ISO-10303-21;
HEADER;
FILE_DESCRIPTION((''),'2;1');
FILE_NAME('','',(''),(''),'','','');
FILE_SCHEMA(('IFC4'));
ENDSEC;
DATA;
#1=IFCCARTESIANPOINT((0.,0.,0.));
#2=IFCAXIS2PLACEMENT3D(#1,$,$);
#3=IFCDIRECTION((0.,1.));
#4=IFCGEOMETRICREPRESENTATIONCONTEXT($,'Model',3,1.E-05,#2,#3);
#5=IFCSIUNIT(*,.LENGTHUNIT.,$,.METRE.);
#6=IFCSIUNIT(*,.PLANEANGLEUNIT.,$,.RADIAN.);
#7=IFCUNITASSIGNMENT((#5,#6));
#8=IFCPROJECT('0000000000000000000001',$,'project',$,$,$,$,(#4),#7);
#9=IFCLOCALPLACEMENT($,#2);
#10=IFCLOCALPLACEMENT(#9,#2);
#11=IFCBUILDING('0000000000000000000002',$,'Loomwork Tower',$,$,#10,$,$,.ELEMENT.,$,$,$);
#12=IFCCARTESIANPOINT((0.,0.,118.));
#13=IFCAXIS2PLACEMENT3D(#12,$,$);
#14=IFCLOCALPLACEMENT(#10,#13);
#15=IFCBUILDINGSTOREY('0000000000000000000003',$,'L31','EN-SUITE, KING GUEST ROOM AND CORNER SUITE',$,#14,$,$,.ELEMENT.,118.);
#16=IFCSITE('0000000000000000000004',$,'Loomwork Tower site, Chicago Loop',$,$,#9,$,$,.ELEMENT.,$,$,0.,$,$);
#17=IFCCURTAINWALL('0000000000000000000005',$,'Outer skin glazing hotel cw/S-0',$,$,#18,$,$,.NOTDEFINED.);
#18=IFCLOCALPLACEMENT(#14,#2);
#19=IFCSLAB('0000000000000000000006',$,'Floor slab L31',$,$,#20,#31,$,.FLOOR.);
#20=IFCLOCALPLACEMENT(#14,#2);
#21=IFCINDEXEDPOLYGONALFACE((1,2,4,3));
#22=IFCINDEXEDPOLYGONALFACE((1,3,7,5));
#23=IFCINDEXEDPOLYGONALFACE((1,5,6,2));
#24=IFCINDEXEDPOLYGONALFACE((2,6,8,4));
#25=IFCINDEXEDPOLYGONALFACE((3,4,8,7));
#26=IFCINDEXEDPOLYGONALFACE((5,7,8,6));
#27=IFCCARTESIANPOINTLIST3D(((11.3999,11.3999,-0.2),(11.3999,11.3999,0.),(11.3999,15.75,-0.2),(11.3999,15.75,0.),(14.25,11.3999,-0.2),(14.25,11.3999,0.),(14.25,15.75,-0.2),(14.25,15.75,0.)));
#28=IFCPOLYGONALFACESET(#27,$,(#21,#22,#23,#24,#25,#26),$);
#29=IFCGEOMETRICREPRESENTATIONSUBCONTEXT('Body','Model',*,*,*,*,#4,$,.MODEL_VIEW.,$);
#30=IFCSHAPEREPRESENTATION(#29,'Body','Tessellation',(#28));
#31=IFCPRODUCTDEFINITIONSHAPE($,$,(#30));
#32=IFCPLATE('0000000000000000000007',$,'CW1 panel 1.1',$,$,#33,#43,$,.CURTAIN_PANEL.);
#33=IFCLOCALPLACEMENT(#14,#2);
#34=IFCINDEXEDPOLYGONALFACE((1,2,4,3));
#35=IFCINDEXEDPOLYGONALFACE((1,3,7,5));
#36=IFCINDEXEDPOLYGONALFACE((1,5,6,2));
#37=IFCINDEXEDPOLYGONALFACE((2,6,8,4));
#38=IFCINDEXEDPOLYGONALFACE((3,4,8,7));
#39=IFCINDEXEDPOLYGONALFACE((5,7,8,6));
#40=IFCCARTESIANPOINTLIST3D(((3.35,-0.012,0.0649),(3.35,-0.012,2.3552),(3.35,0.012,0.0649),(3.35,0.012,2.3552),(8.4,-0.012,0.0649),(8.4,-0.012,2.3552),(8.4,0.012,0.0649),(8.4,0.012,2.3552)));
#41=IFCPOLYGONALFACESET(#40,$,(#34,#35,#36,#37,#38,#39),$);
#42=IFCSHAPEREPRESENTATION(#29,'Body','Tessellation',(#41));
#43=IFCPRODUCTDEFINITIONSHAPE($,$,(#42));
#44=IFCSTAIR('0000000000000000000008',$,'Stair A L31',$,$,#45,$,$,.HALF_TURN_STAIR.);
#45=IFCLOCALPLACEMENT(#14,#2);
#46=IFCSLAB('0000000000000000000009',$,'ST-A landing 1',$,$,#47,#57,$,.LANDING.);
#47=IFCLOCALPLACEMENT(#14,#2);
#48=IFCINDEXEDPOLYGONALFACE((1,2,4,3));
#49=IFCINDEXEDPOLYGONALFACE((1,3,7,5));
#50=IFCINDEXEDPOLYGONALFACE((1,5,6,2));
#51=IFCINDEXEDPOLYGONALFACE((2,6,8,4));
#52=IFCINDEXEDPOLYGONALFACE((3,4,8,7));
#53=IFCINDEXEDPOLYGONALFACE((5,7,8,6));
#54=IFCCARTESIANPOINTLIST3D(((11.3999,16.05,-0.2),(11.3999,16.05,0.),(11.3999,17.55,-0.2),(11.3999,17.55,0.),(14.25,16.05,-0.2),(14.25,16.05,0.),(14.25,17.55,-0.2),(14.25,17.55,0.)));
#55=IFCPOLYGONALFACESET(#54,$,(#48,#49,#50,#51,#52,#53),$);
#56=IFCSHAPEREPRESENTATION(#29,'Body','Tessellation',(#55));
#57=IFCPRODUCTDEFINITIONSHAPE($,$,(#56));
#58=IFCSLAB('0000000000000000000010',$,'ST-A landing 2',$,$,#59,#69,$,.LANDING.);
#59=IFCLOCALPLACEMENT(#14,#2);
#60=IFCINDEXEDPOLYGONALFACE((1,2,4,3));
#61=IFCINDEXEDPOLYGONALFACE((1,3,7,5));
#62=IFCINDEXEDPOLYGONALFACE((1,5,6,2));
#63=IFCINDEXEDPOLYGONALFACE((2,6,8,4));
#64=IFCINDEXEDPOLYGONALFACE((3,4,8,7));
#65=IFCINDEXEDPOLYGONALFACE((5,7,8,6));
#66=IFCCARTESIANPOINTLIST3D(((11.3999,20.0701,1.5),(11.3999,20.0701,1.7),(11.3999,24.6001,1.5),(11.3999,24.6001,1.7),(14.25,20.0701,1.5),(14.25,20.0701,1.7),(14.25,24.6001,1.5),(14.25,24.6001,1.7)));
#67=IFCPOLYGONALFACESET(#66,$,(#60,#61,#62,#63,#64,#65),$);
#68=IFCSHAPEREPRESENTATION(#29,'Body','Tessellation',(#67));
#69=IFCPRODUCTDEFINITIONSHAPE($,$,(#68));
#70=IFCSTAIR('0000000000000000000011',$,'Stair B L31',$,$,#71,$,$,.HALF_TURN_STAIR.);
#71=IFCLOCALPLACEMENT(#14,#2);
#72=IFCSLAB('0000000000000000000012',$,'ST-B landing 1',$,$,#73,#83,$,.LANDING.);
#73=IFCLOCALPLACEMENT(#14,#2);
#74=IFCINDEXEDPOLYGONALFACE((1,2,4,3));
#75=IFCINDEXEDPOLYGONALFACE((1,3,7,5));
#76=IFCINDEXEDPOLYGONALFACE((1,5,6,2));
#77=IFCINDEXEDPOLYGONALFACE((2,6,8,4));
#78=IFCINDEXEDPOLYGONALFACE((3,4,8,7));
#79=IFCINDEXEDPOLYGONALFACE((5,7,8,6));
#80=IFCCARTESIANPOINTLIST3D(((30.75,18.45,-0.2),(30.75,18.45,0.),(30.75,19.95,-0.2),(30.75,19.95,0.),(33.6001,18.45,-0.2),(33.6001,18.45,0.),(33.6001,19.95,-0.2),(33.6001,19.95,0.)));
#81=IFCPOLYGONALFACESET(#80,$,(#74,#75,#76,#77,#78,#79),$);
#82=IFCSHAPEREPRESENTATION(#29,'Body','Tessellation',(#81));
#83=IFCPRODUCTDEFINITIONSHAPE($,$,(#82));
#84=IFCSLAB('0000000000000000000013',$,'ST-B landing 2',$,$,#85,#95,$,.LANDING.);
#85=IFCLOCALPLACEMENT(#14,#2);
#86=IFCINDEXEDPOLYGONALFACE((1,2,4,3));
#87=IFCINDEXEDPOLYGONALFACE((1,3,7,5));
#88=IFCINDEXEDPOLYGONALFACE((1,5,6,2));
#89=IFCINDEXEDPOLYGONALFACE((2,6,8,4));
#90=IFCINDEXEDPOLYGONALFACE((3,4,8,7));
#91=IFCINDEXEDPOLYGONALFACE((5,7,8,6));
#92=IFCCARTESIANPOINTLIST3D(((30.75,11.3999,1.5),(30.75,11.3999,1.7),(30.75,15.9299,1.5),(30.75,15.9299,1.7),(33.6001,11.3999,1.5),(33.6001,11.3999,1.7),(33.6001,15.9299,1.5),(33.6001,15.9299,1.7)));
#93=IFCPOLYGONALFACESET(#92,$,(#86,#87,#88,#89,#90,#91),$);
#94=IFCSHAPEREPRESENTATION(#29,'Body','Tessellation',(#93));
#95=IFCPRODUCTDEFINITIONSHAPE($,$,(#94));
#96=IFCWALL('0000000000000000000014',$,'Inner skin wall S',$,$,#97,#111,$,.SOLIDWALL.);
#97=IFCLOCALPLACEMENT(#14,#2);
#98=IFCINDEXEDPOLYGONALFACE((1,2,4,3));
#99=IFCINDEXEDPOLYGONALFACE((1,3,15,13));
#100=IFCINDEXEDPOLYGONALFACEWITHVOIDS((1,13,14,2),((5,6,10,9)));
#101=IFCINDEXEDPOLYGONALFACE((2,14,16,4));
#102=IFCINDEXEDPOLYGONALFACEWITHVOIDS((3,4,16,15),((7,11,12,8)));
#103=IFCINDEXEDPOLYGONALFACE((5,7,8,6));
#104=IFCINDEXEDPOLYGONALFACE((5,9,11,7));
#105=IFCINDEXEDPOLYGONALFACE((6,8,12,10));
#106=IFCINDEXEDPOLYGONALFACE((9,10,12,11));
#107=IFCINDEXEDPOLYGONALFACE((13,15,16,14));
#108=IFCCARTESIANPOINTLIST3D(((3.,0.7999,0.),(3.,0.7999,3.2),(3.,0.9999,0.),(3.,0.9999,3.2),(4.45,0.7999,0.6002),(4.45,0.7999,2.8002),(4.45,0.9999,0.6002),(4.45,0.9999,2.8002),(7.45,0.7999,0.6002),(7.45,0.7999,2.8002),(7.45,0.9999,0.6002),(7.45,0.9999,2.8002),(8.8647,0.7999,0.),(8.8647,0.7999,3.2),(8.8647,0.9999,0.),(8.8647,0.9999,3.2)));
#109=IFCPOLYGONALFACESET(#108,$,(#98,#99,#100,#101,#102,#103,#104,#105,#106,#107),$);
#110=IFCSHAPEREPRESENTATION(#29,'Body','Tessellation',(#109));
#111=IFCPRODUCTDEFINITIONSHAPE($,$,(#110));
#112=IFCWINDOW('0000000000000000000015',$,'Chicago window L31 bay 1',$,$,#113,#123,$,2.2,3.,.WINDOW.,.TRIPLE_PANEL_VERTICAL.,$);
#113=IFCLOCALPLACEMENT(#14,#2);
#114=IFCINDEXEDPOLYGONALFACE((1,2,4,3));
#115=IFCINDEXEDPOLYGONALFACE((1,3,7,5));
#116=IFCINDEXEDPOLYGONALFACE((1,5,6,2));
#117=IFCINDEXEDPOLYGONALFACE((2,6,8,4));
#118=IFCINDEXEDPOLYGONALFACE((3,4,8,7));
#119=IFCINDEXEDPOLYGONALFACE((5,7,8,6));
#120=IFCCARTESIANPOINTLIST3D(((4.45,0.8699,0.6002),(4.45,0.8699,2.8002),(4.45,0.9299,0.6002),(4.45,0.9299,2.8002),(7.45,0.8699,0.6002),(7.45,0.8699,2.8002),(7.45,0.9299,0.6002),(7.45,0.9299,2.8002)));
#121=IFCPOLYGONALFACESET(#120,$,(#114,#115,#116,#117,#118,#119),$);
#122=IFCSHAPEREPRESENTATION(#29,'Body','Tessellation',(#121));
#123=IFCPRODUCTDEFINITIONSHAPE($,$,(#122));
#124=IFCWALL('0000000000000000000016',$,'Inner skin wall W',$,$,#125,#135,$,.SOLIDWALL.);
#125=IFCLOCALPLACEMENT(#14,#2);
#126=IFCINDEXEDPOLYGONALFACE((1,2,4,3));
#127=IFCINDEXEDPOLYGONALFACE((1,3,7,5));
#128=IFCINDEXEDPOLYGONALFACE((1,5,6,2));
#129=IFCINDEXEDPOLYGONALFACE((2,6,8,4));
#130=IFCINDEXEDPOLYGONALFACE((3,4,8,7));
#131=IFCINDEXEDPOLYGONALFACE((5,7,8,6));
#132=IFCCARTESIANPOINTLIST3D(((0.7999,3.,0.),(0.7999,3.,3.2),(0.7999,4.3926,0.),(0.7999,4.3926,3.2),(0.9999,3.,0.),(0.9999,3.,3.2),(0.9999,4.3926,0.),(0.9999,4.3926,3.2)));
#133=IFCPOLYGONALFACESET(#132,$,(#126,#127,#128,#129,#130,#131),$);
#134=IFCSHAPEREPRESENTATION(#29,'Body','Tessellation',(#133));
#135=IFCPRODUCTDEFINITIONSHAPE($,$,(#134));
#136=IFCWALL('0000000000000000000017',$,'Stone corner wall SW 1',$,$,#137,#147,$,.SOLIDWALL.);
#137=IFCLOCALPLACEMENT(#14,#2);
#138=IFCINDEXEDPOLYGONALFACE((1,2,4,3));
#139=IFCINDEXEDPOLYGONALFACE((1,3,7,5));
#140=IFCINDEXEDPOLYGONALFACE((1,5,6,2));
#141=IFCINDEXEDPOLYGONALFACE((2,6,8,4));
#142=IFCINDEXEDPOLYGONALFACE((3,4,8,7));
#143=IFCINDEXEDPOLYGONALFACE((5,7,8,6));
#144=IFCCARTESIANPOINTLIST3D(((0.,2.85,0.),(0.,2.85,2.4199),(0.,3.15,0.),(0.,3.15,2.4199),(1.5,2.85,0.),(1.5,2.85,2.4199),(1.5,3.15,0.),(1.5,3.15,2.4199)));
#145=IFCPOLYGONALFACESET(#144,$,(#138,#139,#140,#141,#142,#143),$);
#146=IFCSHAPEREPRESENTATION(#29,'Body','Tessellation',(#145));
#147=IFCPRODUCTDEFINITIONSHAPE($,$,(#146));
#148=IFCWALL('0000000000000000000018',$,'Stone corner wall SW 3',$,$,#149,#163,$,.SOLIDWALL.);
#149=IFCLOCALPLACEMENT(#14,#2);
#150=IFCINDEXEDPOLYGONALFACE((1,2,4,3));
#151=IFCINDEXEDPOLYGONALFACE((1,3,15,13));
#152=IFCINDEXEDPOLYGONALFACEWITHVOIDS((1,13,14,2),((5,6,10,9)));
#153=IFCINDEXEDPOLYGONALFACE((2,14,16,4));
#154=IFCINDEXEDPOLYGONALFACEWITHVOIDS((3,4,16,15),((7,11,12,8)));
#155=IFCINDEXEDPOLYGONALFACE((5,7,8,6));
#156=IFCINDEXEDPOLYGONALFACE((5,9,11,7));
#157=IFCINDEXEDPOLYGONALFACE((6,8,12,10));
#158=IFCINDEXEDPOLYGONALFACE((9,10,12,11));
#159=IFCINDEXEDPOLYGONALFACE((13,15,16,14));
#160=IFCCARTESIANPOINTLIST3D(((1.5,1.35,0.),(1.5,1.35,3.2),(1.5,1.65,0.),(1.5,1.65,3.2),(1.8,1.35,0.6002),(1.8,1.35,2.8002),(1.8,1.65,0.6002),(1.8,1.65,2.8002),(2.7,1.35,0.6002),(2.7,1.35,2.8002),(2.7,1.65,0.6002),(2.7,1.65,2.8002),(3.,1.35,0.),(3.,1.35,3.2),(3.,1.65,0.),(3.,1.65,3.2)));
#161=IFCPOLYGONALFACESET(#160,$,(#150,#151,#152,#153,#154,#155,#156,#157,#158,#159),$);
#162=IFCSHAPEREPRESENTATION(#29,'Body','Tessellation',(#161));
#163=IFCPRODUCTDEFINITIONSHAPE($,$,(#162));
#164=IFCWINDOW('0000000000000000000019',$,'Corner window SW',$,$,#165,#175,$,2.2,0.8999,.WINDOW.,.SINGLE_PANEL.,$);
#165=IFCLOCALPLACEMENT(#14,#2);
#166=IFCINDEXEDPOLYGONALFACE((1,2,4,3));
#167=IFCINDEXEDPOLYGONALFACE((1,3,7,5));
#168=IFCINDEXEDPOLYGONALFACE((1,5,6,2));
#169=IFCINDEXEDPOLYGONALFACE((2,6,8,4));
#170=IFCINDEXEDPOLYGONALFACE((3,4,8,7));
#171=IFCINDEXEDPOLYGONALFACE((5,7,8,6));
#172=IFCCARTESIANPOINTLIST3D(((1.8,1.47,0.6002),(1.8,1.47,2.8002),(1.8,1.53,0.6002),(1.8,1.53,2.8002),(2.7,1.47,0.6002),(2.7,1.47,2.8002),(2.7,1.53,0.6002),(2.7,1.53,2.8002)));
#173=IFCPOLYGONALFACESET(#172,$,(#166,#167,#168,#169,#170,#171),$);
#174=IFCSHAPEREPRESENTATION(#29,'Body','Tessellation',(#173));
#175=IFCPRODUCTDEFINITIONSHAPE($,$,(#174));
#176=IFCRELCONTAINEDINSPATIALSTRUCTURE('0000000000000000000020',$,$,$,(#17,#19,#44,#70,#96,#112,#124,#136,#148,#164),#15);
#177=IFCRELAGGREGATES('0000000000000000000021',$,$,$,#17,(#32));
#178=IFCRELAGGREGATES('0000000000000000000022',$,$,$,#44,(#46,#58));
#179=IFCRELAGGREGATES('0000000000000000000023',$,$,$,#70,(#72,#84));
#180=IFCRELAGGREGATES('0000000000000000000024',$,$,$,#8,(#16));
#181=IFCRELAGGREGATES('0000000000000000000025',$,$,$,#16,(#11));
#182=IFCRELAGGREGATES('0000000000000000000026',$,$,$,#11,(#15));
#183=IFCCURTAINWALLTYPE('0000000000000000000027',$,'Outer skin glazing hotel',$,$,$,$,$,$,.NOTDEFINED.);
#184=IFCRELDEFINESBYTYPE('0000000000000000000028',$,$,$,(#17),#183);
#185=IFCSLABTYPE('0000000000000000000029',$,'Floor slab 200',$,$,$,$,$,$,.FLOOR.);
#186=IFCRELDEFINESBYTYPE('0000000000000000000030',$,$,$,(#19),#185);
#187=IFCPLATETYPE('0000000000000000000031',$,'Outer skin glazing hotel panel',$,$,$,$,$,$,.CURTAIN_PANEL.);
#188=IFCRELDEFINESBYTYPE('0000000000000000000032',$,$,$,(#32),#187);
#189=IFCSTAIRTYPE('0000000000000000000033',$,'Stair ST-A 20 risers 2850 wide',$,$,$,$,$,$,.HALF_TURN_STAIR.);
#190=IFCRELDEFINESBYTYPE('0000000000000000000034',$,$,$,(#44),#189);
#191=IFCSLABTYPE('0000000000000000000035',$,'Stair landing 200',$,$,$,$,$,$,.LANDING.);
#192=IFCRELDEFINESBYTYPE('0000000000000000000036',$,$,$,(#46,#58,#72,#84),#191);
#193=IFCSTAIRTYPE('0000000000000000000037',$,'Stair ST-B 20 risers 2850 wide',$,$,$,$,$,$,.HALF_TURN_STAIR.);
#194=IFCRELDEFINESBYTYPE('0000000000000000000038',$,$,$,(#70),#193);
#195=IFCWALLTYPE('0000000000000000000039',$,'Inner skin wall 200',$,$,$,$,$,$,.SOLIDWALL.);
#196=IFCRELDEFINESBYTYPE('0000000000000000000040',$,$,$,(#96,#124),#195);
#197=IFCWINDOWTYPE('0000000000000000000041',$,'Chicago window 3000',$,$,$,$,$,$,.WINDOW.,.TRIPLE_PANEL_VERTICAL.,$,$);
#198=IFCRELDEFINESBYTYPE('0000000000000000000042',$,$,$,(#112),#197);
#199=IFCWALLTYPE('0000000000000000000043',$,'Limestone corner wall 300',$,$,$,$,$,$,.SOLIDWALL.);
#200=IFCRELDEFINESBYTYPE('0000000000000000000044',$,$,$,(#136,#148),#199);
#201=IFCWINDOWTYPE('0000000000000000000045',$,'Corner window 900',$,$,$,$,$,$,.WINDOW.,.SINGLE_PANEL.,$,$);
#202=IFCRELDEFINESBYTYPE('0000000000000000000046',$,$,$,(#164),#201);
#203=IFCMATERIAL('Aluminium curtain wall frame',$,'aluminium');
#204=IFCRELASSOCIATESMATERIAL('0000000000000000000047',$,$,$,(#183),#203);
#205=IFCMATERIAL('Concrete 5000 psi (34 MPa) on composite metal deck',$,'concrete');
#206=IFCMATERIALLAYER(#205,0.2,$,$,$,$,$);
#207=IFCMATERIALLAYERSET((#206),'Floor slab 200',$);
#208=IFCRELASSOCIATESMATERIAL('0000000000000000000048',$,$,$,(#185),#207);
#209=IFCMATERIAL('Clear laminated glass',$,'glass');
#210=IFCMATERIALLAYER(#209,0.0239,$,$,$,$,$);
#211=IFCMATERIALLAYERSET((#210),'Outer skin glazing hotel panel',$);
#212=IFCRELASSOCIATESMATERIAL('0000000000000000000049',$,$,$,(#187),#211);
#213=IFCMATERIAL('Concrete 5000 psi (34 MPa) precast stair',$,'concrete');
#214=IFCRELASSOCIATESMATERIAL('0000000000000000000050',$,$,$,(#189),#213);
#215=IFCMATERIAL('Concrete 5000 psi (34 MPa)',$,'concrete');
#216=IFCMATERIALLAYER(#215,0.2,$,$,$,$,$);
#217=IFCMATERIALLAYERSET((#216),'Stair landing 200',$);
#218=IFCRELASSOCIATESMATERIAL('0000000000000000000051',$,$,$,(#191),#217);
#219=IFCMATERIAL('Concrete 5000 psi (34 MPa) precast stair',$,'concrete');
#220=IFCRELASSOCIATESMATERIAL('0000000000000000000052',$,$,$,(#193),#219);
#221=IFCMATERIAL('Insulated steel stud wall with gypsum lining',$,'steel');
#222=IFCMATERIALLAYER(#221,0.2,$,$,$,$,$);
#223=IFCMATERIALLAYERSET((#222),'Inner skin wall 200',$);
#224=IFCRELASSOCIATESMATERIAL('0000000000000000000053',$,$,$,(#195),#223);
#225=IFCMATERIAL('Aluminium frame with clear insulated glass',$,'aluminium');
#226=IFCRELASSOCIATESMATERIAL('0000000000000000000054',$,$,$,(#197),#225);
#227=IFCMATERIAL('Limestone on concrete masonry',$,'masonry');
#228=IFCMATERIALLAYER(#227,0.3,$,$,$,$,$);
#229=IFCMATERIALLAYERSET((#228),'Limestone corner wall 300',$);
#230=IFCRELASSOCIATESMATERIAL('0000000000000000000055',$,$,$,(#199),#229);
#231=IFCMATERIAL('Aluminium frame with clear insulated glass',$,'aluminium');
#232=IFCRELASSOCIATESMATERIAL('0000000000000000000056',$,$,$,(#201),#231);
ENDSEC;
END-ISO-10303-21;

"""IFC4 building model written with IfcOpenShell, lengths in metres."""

from ifc_helpers import new_model, si_unit, direction, frame, frame_2d, origin, origin_2d, place, context, subcontext, project, spatial, polyline, rectangle, outline, extrude, material, layer, layer_set, type_object, element, fill, aggregate, save


model = new_model("IFC4")

# Units and contexts
model_context = context("Model", 3, precision=1e-05, world=origin(), true_north=direction((0.0, 1.0)))
body_context = subcontext(model_context, "Body", "Model", "MODEL_VIEW")
ifc_project = project(units=[si_unit("LENGTHUNIT", "METRE"), si_unit("PLANEANGLEUNIT", "RADIAN")], contexts=[model_context])

# Site, building, storey
site_placement = place(None, origin())
site = spatial("IfcSite", under=ifc_project, at=site_placement, Name="Loomwork Tower site, Chicago Loop", CompositionType="ELEMENT", RefElevation=0.0)
building_placement = place(site_placement, origin())
building = spatial("IfcBuilding", under=site, at=building_placement, Name="Loomwork Tower", CompositionType="ELEMENT")
storey_placement = place(building_placement, frame((0.0, 0.0, 118.0)))
storey = spatial("IfcBuildingStorey", under=building, at=storey_placement, Name="L31", Description="EN-SUITE, KING GUEST ROOM AND CORNER SUITE", CompositionType="ELEMENT", Elevation=118.0)

# Curtain wall
ifc_material_1 = material(Name="Aluminium curtain wall frame", Category="aluminium")
curtain_wall_type = type_object("IfcCurtainWallType", Name="Outer skin glazing hotel", PredefinedType="NOTDEFINED", material=ifc_material_1)
curtain_wall_placement = place(storey_placement, origin())
curtain_wall = element("IfcCurtainWall", 1, at=curtain_wall_placement, inside=storey, type_object=curtain_wall_type, Name="Outer skin glazing hotel cw/S-0", PredefinedType="NOTDEFINED")

# Slab
ifc_material_2 = material(Name="Concrete 5000 psi (34 MPa) on composite metal deck", Category="concrete")
ifc_layer_1 = layer(ifc_material_2, 0.2)
ifc_layer_set_1 = layer_set([ifc_layer_1], Name="Floor slab 200")
slab_type_1 = type_object("IfcSlabType", Name="Floor slab 200", PredefinedType="FLOOR", material=ifc_layer_set_1)
slab_1_placement = place(storey_placement, frame((0.0, 0.0, -0.2)))
element("IfcSlab", 2, at=slab_1_placement, inside=storey, type_object=slab_type_1, Name="Floor slab L31", PredefinedType="FLOOR", context=body_context, shape_type="SweptSolid", body=[
    extrude(outline(polyline([(14.25, 15.75), (14.25, 11.3999), (11.3999, 11.3999), (11.3999, 15.75), (14.25, 15.75)])), origin(), (0.0, 0.0, 1.0), 0.2),
])

# Plate
ifc_material_3 = material(Name="Clear laminated glass", Category="glass")
ifc_layer_2 = layer(ifc_material_3, 0.0239)
ifc_layer_set_2 = layer_set([ifc_layer_2], Name="Outer skin glazing hotel panel")
plate_type = type_object("IfcPlateType", Name="Outer skin glazing hotel panel", PredefinedType="CURTAIN_PANEL", material=ifc_layer_set_2)
plate_placement = place(storey_placement, frame((5.875, 0.0, 0.0649), z_axis=(0.0, 0.0, 1.0), x_axis=(1.0, 0.0, 0.0)))
plate = element("IfcPlate", 3, at=plate_placement, type_object=plate_type, Name="CW1 panel 1.1", PredefinedType="CURTAIN_PANEL", context=body_context, shape_type="SweptSolid", body=[
    extrude(rectangle(XDim=5.05, YDim=0.0239, at=origin_2d()), origin(), (0.0, 0.0, 1.0), 2.2903),
])
aggregate(curtain_wall, [plate])

# Stairs, slabs
ifc_material_4 = material(Name="Concrete 5000 psi (34 MPa) precast stair", Category="concrete")
stair_type_1 = type_object("IfcStairType", Name="Stair ST-A 20 risers 2850 wide", PredefinedType="HALF_TURN_STAIR", material=ifc_material_4)
stair_1_placement = place(storey_placement, origin())
stair_1 = element("IfcStair", 4, at=stair_1_placement, inside=storey, type_object=stair_type_1, Name="Stair A L31", PredefinedType="HALF_TURN_STAIR")
ifc_material_5 = material(Name="Concrete 5000 psi (34 MPa)", Category="concrete")
ifc_layer_3 = layer(ifc_material_5, 0.2)
ifc_layer_set_3 = layer_set([ifc_layer_3], Name="Stair landing 200")
slab_type_2 = type_object("IfcSlabType", Name="Stair landing 200", PredefinedType="LANDING", material=ifc_layer_set_3)
slab_2_placement = place(storey_placement, frame((0.0, 0.0, -0.2)))
slab_2 = element("IfcSlab", 5, at=slab_2_placement, type_object=slab_type_2, Name="ST-A landing 1", PredefinedType="LANDING", context=body_context, shape_type="SweptSolid", body=[
    extrude(outline(polyline([(11.3999, 16.05), (14.25, 16.05), (14.25, 17.55), (11.3999, 17.55), (11.3999, 16.05)])), origin(), (0.0, 0.0, 1.0), 0.2),
])
slab_3_placement = place(storey_placement, frame((0.0, 0.0, 1.5)))
slab_3 = element("IfcSlab", 6, at=slab_3_placement, type_object=slab_type_2, Name="ST-A landing 2", PredefinedType="LANDING", context=body_context, shape_type="SweptSolid", body=[
    extrude(outline(polyline([(11.3999, 20.0701), (14.25, 20.0701), (14.25, 24.6001), (11.3999, 24.6001), (11.3999, 20.0701)])), origin(), (0.0, 0.0, 1.0), 0.2),
])
aggregate(stair_1, [slab_2, slab_3])
ifc_material_6 = material(Name="Concrete 5000 psi (34 MPa) precast stair", Category="concrete")
stair_type_2 = type_object("IfcStairType", Name="Stair ST-B 20 risers 2850 wide", PredefinedType="HALF_TURN_STAIR", material=ifc_material_6)
stair_2_placement = place(storey_placement, origin())
stair_2 = element("IfcStair", 7, at=stair_2_placement, inside=storey, type_object=stair_type_2, Name="Stair B L31", PredefinedType="HALF_TURN_STAIR")
slab_4_placement = place(storey_placement, frame((0.0, 0.0, -0.2)))
slab_4 = element("IfcSlab", 8, at=slab_4_placement, type_object=slab_type_2, Name="ST-B landing 1", PredefinedType="LANDING", context=body_context, shape_type="SweptSolid", body=[
    extrude(outline(polyline([(30.75, 18.45), (33.6001, 18.45), (33.6001, 19.95), (30.75, 19.95), (30.75, 18.45)])), origin(), (0.0, 0.0, 1.0), 0.2),
])
slab_5_placement = place(storey_placement, frame((0.0, 0.0, 1.5)))
slab_5 = element("IfcSlab", 9, at=slab_5_placement, type_object=slab_type_2, Name="ST-B landing 2", PredefinedType="LANDING", context=body_context, shape_type="SweptSolid", body=[
    extrude(outline(polyline([(30.75, 11.3999), (33.6001, 11.3999), (33.6001, 15.9299), (30.75, 15.9299), (30.75, 11.3999)])), origin(), (0.0, 0.0, 1.0), 0.2),
])
aggregate(stair_2, [slab_4, slab_5])

# Wall, opening, window
ifc_material_7 = material(Name="Insulated steel stud wall with gypsum lining", Category="steel")
ifc_layer_4 = layer(ifc_material_7, 0.2)
ifc_layer_set_4 = layer_set([ifc_layer_4], Name="Inner skin wall 200")
wall_type_1 = type_object("IfcWallType", Name="Inner skin wall 200", PredefinedType="SOLIDWALL", material=ifc_layer_set_4)
wall_1_placement = place(storey_placement, frame((3.0, 0.8999, 0.0), z_axis=(0.0, 0.0, 1.0), x_axis=(1.0, 0.0, 0.0)))
wall_1 = element("IfcWall", 10, at=wall_1_placement, inside=storey, type_object=wall_type_1, Name="Inner skin wall S", PredefinedType="SOLIDWALL", context=body_context, shape_type="SweptSolid", body=[
    extrude(rectangle(XDim=5.8647, YDim=0.2, at=frame_2d((2.9324, 0.0))), origin(), (0.0, 0.0, 1.0), 3.2),
])
opening_1_placement = place(wall_1_placement, frame((1.45, 0.0, 0.6001)))
opening_1 = element("IfcOpeningElement", 11, at=opening_1_placement, cuts=wall_1, PredefinedType="OPENING", context=body_context, shape_type="SweptSolid", body=[
    extrude(rectangle(XDim=3.0, YDim=2.2, at=frame_2d((1.5, 1.1001))), frame((0.0, 0.1099, 0.0), z_axis=(0.0, -1.0, 0.0), x_axis=(1.0, 0.0, 0.0)), (0.0, 0.0, 1.0), 0.22),
])
ifc_material_8 = material(Name="Aluminium frame with clear insulated glass", Category="aluminium")
window_type_1 = type_object("IfcWindowType", Name="Chicago window 3000", PartitioningType="TRIPLE_PANEL_VERTICAL", PredefinedType="WINDOW", material=ifc_material_8)
window_1_placement = place(opening_1_placement, origin())
window_1 = element("IfcWindow", 12, at=window_1_placement, inside=storey, type_object=window_type_1, Name="Chicago window L31 bay 1", OverallHeight=2.2, OverallWidth=3.0, PartitioningType="TRIPLE_PANEL_VERTICAL", PredefinedType="WINDOW", context=body_context, shape_type="SweptSolid", body=[
    extrude(rectangle(XDim=3.0, YDim=2.2, at=frame_2d((1.5, 1.1001))), frame((0.0, 0.03, 0.0), z_axis=(0.0, -1.0, 0.0), x_axis=(1.0, 0.0, 0.0)), (0.0, 0.0, 1.0), 0.0601),
])
fill(opening_1, window_1)

# Walls
wall_2_placement = place(storey_placement, frame((0.8999, 3.0, 0.0), z_axis=(0.0, 0.0, 1.0), x_axis=(0.0, 1.0, 0.0)))
element("IfcWall", 13, at=wall_2_placement, inside=storey, type_object=wall_type_1, Name="Inner skin wall W", PredefinedType="SOLIDWALL", context=body_context, shape_type="SweptSolid", body=[
    extrude(rectangle(XDim=1.3926, YDim=0.2, at=frame_2d((0.6963, 0.0))), origin(), (0.0, 0.0, 1.0), 3.2),
])
ifc_material_9 = material(Name="Limestone on concrete masonry", Category="masonry")
ifc_layer_5 = layer(ifc_material_9, 0.3)
ifc_layer_set_5 = layer_set([ifc_layer_5], Name="Limestone corner wall 300")
wall_type_2 = type_object("IfcWallType", Name="Limestone corner wall 300", PredefinedType="SOLIDWALL", material=ifc_layer_set_5)
wall_3_placement = place(storey_placement, frame((0.0, 3.0, 0.0), z_axis=(0.0, 0.0, 1.0), x_axis=(1.0, 0.0, 0.0)))
element("IfcWall", 14, at=wall_3_placement, inside=storey, type_object=wall_type_2, Name="Stone corner wall SW 1", PredefinedType="SOLIDWALL", context=body_context, shape_type="SweptSolid", body=[
    extrude(rectangle(XDim=1.5, YDim=0.3, at=frame_2d((0.75, 0.0))), origin(), (0.0, 0.0, 1.0), 2.4199),
])

# Wall, opening, window
wall_4_placement = place(storey_placement, frame((1.5, 1.5, 0.0), z_axis=(0.0, 0.0, 1.0), x_axis=(1.0, 0.0, 0.0)))
wall_4 = element("IfcWall", 15, at=wall_4_placement, inside=storey, type_object=wall_type_2, Name="Stone corner wall SW 3", PredefinedType="SOLIDWALL", context=body_context, shape_type="SweptSolid", body=[
    extrude(rectangle(XDim=1.5, YDim=0.3, at=frame_2d((0.75, 0.0))), origin(), (0.0, 0.0, 1.0), 3.2),
])
opening_2_placement = place(wall_4_placement, frame((0.3, 0.0, 0.6001)))
opening_2 = element("IfcOpeningElement", 16, at=opening_2_placement, cuts=wall_4, PredefinedType="OPENING", context=body_context, shape_type="SweptSolid", body=[
    extrude(rectangle(XDim=0.8999, YDim=2.2, at=frame_2d((0.45, 1.1001))), frame((0.0, 0.1599, 0.0), z_axis=(0.0, -1.0, 0.0), x_axis=(1.0, 0.0, 0.0)), (0.0, 0.0, 1.0), 0.3201),
])
ifc_material_10 = material(Name="Aluminium frame with clear insulated glass", Category="aluminium")
window_type_2 = type_object("IfcWindowType", Name="Corner window 900", PartitioningType="SINGLE_PANEL", PredefinedType="WINDOW", material=ifc_material_10)
window_2_placement = place(opening_2_placement, origin())
window_2 = element("IfcWindow", 17, at=window_2_placement, inside=storey, type_object=window_type_2, Name="Corner window SW", OverallHeight=2.2, OverallWidth=0.8999, PartitioningType="SINGLE_PANEL", PredefinedType="WINDOW", context=body_context, shape_type="SweptSolid", body=[
    extrude(rectangle(XDim=0.8999, YDim=2.2, at=frame_2d((0.45, 1.1001))), frame((0.0, 0.03, 0.0), z_axis=(0.0, -1.0, 0.0), x_axis=(1.0, 0.0, 0.0)), (0.0, 0.0, 1.0), 0.0601),
])
fill(opening_2, window_2)

save(model, "model.ifc")
